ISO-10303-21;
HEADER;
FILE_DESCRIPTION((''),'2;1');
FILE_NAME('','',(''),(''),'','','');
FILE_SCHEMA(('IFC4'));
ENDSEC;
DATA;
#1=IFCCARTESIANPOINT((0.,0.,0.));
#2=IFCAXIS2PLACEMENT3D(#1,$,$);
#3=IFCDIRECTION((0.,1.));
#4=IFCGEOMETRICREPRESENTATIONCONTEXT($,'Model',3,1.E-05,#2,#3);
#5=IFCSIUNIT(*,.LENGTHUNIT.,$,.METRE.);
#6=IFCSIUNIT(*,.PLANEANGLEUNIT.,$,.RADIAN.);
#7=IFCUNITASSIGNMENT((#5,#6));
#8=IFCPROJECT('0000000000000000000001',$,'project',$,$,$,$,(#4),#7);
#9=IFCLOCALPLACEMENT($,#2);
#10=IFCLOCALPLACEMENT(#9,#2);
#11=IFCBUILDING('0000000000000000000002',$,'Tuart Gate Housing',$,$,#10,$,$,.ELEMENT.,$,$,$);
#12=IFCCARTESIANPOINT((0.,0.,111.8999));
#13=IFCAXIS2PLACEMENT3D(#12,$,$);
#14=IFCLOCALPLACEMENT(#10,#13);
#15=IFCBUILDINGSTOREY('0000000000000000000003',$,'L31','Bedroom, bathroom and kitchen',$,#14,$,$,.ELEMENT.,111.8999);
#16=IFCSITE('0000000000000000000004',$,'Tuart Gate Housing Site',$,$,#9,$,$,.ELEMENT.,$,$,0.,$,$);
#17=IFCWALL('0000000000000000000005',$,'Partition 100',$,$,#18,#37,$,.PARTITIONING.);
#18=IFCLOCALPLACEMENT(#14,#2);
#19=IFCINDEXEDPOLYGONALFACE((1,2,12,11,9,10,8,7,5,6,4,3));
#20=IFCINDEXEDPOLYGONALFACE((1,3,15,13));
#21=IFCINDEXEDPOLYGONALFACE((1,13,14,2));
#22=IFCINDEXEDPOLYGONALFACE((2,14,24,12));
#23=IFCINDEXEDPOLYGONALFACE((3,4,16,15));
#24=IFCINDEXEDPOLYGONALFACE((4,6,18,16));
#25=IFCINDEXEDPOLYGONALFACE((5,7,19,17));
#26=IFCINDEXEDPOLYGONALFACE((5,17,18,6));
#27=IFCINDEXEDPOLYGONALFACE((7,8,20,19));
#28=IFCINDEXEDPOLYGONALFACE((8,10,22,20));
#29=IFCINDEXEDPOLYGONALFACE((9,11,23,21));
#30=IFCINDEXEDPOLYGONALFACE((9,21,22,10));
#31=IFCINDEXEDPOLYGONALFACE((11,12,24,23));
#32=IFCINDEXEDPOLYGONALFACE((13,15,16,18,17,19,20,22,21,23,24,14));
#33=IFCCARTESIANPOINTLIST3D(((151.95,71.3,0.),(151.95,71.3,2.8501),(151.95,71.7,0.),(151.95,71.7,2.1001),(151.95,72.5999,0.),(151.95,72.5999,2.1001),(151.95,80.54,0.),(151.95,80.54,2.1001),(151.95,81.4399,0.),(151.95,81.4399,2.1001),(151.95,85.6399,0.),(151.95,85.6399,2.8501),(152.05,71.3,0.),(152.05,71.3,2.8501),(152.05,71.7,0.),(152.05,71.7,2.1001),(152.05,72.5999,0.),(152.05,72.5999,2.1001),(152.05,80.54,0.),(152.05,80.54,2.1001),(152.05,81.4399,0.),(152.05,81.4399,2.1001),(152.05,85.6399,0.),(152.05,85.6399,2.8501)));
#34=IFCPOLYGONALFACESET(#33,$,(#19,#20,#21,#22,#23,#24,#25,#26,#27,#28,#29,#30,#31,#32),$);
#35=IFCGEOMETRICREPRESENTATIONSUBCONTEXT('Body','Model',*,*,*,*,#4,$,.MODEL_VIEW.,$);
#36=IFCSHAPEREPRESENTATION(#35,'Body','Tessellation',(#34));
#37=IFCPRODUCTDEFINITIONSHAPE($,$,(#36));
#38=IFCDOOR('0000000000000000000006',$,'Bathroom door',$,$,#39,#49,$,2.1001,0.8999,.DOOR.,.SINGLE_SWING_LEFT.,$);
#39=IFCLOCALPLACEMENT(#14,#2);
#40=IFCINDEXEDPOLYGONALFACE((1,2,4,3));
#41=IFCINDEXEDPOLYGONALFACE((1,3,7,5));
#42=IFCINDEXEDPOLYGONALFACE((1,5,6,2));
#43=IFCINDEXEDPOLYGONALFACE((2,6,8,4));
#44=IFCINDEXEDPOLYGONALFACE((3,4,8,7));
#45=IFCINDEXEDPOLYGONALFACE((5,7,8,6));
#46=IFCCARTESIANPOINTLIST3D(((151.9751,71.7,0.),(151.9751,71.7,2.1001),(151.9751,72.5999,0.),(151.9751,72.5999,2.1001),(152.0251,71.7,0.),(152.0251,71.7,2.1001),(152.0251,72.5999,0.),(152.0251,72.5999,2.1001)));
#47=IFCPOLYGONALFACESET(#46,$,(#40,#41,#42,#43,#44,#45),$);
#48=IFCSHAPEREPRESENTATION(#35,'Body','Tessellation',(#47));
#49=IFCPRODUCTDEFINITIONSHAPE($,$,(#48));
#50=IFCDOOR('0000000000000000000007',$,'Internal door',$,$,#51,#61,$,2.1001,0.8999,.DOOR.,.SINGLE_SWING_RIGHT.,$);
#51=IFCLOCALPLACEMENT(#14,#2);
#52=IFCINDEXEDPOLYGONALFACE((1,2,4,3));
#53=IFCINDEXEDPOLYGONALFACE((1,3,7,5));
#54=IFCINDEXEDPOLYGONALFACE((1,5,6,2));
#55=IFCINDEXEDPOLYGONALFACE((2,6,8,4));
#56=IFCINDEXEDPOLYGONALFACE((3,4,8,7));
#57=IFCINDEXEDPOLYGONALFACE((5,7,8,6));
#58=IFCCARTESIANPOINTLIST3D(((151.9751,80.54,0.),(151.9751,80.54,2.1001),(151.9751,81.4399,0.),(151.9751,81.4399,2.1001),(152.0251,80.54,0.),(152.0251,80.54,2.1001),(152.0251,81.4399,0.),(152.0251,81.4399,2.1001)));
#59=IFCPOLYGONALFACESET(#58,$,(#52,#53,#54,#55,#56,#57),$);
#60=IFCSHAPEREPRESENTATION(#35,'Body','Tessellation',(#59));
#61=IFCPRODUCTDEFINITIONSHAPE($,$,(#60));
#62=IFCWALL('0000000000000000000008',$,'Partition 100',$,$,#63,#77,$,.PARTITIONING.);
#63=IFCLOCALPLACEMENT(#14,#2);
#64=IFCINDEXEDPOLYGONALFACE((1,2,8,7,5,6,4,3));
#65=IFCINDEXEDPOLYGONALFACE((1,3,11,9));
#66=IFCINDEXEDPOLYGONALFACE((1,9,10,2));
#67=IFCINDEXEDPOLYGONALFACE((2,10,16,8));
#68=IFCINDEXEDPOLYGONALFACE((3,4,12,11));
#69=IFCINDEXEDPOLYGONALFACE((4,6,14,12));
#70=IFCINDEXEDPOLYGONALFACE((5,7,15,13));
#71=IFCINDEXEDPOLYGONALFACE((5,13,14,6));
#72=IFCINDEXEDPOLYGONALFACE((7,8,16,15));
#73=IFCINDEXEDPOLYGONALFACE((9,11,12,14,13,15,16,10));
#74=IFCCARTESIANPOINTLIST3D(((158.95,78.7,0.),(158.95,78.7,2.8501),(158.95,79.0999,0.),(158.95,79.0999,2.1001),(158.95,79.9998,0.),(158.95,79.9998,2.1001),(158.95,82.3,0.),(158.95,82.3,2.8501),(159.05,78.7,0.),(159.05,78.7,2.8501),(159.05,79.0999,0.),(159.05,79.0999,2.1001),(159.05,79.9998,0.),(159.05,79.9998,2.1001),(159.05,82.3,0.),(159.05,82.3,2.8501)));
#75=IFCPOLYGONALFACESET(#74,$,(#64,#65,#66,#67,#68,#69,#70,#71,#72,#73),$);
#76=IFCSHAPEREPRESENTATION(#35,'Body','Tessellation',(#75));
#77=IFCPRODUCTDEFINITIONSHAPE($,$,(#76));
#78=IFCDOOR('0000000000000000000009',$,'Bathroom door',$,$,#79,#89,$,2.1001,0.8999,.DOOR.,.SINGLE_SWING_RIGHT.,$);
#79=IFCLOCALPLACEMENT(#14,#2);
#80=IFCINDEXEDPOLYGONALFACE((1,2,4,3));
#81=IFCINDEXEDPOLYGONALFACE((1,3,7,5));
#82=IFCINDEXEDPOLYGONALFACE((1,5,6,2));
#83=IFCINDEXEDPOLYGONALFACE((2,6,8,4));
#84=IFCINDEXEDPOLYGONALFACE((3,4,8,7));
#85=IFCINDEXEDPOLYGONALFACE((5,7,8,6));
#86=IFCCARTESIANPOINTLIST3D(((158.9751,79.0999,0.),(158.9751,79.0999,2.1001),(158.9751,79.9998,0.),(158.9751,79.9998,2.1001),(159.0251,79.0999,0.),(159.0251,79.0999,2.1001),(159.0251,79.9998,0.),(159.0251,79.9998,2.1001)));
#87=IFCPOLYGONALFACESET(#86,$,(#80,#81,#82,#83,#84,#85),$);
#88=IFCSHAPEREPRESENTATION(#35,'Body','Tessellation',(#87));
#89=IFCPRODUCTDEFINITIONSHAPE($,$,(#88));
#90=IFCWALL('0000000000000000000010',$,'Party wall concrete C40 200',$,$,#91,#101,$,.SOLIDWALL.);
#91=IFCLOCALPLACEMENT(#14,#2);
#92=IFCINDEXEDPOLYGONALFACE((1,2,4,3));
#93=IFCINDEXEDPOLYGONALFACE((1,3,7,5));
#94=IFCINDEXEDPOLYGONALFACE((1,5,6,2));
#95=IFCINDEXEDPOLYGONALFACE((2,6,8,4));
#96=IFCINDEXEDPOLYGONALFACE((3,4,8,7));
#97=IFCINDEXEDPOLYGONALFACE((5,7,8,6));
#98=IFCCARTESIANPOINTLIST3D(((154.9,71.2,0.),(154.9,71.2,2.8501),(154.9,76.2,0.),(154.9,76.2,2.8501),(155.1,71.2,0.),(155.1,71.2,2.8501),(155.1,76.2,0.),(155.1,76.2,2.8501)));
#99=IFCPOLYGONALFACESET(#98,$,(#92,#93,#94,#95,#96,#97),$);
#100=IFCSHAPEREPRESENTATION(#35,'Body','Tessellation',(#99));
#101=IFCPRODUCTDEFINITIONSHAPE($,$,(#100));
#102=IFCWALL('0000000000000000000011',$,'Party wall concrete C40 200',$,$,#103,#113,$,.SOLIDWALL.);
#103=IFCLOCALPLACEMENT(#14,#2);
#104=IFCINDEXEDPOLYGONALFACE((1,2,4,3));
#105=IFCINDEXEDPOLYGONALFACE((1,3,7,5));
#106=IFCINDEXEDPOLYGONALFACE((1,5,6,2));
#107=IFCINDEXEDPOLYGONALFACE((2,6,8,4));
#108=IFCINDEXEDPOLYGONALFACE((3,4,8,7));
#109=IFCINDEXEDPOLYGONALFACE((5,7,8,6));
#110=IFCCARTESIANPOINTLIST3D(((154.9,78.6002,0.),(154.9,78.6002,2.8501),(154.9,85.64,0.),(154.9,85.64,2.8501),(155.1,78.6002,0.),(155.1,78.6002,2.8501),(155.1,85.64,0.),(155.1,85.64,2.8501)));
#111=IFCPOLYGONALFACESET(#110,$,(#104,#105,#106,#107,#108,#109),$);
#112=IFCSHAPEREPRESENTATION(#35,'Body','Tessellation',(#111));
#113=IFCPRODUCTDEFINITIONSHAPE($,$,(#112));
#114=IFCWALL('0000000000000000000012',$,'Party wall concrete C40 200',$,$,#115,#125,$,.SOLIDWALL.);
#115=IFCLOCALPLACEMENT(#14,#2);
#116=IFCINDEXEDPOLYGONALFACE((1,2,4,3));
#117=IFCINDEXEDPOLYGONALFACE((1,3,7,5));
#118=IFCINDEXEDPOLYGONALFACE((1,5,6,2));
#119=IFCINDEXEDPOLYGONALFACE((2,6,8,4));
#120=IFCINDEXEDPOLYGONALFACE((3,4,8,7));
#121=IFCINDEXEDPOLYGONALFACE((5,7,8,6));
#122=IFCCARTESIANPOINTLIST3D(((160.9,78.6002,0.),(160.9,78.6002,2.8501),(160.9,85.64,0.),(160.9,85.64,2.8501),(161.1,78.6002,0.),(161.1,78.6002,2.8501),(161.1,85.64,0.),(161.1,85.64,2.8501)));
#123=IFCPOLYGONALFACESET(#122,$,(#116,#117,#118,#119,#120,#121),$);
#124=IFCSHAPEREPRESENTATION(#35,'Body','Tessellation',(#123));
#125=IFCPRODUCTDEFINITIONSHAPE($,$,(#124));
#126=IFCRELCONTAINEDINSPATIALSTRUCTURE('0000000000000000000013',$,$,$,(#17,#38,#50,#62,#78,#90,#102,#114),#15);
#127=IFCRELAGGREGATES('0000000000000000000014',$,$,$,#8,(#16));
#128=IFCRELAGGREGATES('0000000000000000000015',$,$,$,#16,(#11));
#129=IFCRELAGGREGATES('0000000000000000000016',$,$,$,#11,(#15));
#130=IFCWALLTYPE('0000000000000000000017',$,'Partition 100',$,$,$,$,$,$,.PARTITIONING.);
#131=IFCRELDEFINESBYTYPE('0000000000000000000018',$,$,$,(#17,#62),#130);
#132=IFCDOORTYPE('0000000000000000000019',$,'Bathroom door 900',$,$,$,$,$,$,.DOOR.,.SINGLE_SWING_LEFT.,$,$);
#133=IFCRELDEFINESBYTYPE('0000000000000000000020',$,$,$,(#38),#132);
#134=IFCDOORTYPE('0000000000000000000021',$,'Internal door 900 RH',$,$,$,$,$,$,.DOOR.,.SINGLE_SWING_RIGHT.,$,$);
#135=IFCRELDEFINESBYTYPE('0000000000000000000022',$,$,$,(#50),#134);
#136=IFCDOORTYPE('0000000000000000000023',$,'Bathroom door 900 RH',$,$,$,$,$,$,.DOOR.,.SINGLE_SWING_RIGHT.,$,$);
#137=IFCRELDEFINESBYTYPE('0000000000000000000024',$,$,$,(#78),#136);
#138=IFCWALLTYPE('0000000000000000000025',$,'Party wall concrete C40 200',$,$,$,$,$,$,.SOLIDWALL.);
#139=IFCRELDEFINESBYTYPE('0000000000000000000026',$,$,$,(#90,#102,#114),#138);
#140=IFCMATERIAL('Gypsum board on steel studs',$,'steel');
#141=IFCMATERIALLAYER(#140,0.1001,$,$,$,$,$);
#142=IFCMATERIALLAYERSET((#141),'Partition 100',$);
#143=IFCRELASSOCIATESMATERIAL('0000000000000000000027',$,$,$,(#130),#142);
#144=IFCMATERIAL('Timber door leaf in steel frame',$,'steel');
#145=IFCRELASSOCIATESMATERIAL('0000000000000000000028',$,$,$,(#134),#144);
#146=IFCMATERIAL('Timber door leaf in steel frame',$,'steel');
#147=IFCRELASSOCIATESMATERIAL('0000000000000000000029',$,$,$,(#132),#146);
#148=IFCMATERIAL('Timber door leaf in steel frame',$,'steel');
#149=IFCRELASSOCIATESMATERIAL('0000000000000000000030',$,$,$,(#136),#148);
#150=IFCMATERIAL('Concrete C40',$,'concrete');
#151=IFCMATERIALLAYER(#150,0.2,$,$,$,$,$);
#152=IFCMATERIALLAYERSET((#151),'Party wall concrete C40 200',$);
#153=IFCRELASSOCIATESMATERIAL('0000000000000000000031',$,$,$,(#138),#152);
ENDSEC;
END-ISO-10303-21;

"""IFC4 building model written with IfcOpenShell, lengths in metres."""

from ifc_helpers import new_model, si_unit, direction, frame, frame_2d, origin, place, context, subcontext, project, spatial, rectangle, extrude, material, layer, layer_set, type_object, element, fill, save


model = new_model("IFC4")

# Units and contexts
model_context = context("Model", 3, precision=1e-05, world=origin(), true_north=direction((0.0, 1.0)))
body_context = subcontext(model_context, "Body", "Model", "MODEL_VIEW")
ifc_project = project(units=[si_unit("LENGTHUNIT", "METRE"), si_unit("PLANEANGLEUNIT", "RADIAN")], contexts=[model_context])

# Site, building, storey
site_placement = place(None, origin())
site = spatial("IfcSite", under=ifc_project, at=site_placement, Name="Tuart Gate Housing Site", CompositionType="ELEMENT", RefElevation=0.0)
building_placement = place(site_placement, origin())
building = spatial("IfcBuilding", under=site, at=building_placement, Name="Tuart Gate Housing", CompositionType="ELEMENT")
storey_placement = place(building_placement, frame((0.0, 0.0, 111.8999)))
storey = spatial("IfcBuildingStorey", under=building, at=storey_placement, Name="L31", Description="Bedroom, bathroom and kitchen", CompositionType="ELEMENT", Elevation=111.8999)

# Shared definitions
ifc_material_1 = material(Name="Gypsum board on steel studs", Category="steel")
ifc_layer_1 = layer(ifc_material_1, 0.1001)
ifc_layer_set_1 = layer_set([ifc_layer_1], Name="Partition 100")
wall_type_1 = type_object("IfcWallType", Name="Partition 100", PredefinedType="PARTITIONING", material=ifc_layer_set_1)
ifc_material_2 = material(Name="Timber door leaf in steel frame", Category="steel")
door_type_1 = type_object("IfcDoorType", Name="Internal door 900 RH", OperationType="SINGLE_SWING_RIGHT", PredefinedType="DOOR", material=ifc_material_2)

# Wall, openings, doors
wall_1_placement = place(storey_placement, frame((152.0, 71.3, 0.0), z_axis=(0.0, 0.0, 1.0), x_axis=(0.0, 1.0, 0.0)))
wall_1 = element("IfcWall", 1, at=wall_1_placement, inside=storey, type_object=wall_type_1, Name="Partition 100", PredefinedType="PARTITIONING", context=body_context, shape_type="SweptSolid", body=[
    extrude(rectangle(XDim=14.3398, YDim=0.1001, at=frame_2d((7.1699, 0.0))), origin(), (0.0, 0.0, 1.0), 2.8501),
])
opening_1_placement = place(wall_1_placement, frame((9.24, 0.0, 0.0)))
opening_1 = element("IfcOpeningElement", 2, at=opening_1_placement, cuts=wall_1, PredefinedType="OPENING", context=body_context, shape_type="SweptSolid", body=[
    extrude(rectangle(XDim=0.8999, YDim=2.1001, at=frame_2d((0.45, 1.05))), frame((0.0, 0.0601, 0.0), z_axis=(0.0, -1.0, 0.0), x_axis=(1.0, 0.0, 0.0)), (0.0, 0.0, 1.0), 0.1201),
])
opening_2_placement = place(wall_1_placement, frame((0.3999, 0.0, 0.0)))
opening_2 = element("IfcOpeningElement", 3, at=opening_2_placement, cuts=wall_1, PredefinedType="OPENING", context=body_context, shape_type="SweptSolid", body=[
    extrude(rectangle(XDim=0.8999, YDim=2.1001, at=frame_2d((0.45, 1.05))), frame((0.0, 0.0601, 0.0), z_axis=(0.0, -1.0, 0.0), x_axis=(1.0, 0.0, 0.0)), (0.0, 0.0, 1.0), 0.1201),
])
ifc_material_3 = material(Name="Timber door leaf in steel frame", Category="steel")
door_type_2 = type_object("IfcDoorType", Name="Bathroom door 900", OperationType="SINGLE_SWING_LEFT", PredefinedType="DOOR", material=ifc_material_3)
door_1_placement = place(opening_2_placement, origin())
door_1 = element("IfcDoor", 4, at=door_1_placement, inside=storey, type_object=door_type_2, Name="Bathroom door", OperationType="SINGLE_SWING_LEFT", OverallHeight=2.1001, OverallWidth=0.8999, PredefinedType="DOOR", context=body_context, shape_type="SweptSolid", body=[
    extrude(rectangle(XDim=0.8999, YDim=2.1001, at=frame_2d((0.45, 1.05))), frame((0.0, 0.0249, 0.0), z_axis=(0.0, -1.0, 0.0), x_axis=(1.0, 0.0, 0.0)), (0.0, 0.0, 1.0), 0.05),
])
fill(opening_2, door_1)
door_2_placement = place(opening_1_placement, origin())
door_2 = element("IfcDoor", 5, at=door_2_placement, inside=storey, type_object=door_type_1, Name="Internal door", OperationType="SINGLE_SWING_RIGHT", OverallHeight=2.1001, OverallWidth=0.8999, PredefinedType="DOOR", context=body_context, shape_type="SweptSolid", body=[
    extrude(rectangle(XDim=0.8999, YDim=2.1001, at=frame_2d((0.45, 1.05))), frame((0.0, 0.0249, 0.0), z_axis=(0.0, -1.0, 0.0), x_axis=(1.0, 0.0, 0.0)), (0.0, 0.0, 1.0), 0.05),
])
fill(opening_1, door_2)

# Wall, opening, door
wall_2_placement = place(storey_placement, frame((159.0, 78.7, 0.0), z_axis=(0.0, 0.0, 1.0), x_axis=(0.0, 1.0, 0.0)))
wall_2 = element("IfcWall", 6, at=wall_2_placement, inside=storey, type_object=wall_type_1, Name="Partition 100", PredefinedType="PARTITIONING", context=body_context, shape_type="SweptSolid", body=[
    extrude(rectangle(XDim=3.6001, YDim=0.1001, at=frame_2d((1.8, 0.0))), origin(), (0.0, 0.0, 1.0), 2.8501),
])
opening_3_placement = place(wall_2_placement, frame((0.3999, 0.0, 0.0)))
opening_3 = element("IfcOpeningElement", 7, at=opening_3_placement, cuts=wall_2, PredefinedType="OPENING", context=body_context, shape_type="SweptSolid", body=[
    extrude(rectangle(XDim=0.8999, YDim=2.1001, at=frame_2d((0.45, 1.05))), frame((0.0, 0.0601, 0.0), z_axis=(0.0, -1.0, 0.0), x_axis=(1.0, 0.0, 0.0)), (0.0, 0.0, 1.0), 0.1201),
])
ifc_material_4 = material(Name="Timber door leaf in steel frame", Category="steel")
door_type_3 = type_object("IfcDoorType", Name="Bathroom door 900 RH", OperationType="SINGLE_SWING_RIGHT", PredefinedType="DOOR", material=ifc_material_4)
door_3_placement = place(opening_3_placement, frame((0.8999, 0.0, 0.0), z_axis=(0.0, 0.0, 1.0), x_axis=(-1.0, 0.0, 0.0)))
door_3 = element("IfcDoor", 8, at=door_3_placement, inside=storey, type_object=door_type_3, Name="Bathroom door", OperationType="SINGLE_SWING_RIGHT", OverallHeight=2.1001, OverallWidth=0.8999, PredefinedType="DOOR", context=body_context, shape_type="SweptSolid", body=[
    extrude(rectangle(XDim=0.8999, YDim=2.1001, at=frame_2d((0.45, 1.05))), frame((0.0, 0.0251, 0.0), z_axis=(0.0, -1.0, 0.0), x_axis=(1.0, 0.0, 0.0)), (0.0, 0.0, 1.0), 0.05),
])
fill(opening_3, door_3)

# Walls
ifc_material_5 = material(Name="Concrete C40", Category="concrete")
ifc_layer_2 = layer(ifc_material_5, 0.2)
ifc_layer_set_2 = layer_set([ifc_layer_2], Name="Party wall concrete C40 200")
wall_type_2 = type_object("IfcWallType", Name="Party wall concrete C40 200", PredefinedType="SOLIDWALL", material=ifc_layer_set_2)
wall_3_placement = place(storey_placement, frame((155.0, 71.2, 0.0), z_axis=(0.0, 0.0, 1.0), x_axis=(0.0, 1.0, 0.0)))
element("IfcWall", 9, at=wall_3_placement, inside=storey, type_object=wall_type_2, Name="Party wall concrete C40 200", PredefinedType="SOLIDWALL", context=body_context, shape_type="SweptSolid", body=[
    extrude(rectangle(XDim=5.0, YDim=0.2, at=frame_2d((2.5, 0.0))), origin(), (0.0, 0.0, 1.0), 2.8501),
])
for number, where, z_axis, x_axis, name in (
    (10, (155.0, 78.6001, 0.0), (0.0, 0.0, 1.0), (0.0, 1.0, 0.0), "Party wall concrete C40 200"),
    (11, (161.0, 78.6001, 0.0), (0.0, 0.0, 1.0), (0.0, 1.0, 0.0), "Party wall concrete C40 200"),
):
    element("IfcWall", number, at=place(storey_placement, frame(where, z_axis=z_axis, x_axis=x_axis)), inside=storey, type_object=wall_type_2, Name=name, PredefinedType="SOLIDWALL", context=body_context, shape_type="SweptSolid", body=[
        extrude(rectangle(XDim=7.0398, YDim=0.2, at=frame_2d((3.52, 0.0))), origin(), (0.0, 0.0, 1.0), 2.8501),
    ])

save(model, "model.ifc")
